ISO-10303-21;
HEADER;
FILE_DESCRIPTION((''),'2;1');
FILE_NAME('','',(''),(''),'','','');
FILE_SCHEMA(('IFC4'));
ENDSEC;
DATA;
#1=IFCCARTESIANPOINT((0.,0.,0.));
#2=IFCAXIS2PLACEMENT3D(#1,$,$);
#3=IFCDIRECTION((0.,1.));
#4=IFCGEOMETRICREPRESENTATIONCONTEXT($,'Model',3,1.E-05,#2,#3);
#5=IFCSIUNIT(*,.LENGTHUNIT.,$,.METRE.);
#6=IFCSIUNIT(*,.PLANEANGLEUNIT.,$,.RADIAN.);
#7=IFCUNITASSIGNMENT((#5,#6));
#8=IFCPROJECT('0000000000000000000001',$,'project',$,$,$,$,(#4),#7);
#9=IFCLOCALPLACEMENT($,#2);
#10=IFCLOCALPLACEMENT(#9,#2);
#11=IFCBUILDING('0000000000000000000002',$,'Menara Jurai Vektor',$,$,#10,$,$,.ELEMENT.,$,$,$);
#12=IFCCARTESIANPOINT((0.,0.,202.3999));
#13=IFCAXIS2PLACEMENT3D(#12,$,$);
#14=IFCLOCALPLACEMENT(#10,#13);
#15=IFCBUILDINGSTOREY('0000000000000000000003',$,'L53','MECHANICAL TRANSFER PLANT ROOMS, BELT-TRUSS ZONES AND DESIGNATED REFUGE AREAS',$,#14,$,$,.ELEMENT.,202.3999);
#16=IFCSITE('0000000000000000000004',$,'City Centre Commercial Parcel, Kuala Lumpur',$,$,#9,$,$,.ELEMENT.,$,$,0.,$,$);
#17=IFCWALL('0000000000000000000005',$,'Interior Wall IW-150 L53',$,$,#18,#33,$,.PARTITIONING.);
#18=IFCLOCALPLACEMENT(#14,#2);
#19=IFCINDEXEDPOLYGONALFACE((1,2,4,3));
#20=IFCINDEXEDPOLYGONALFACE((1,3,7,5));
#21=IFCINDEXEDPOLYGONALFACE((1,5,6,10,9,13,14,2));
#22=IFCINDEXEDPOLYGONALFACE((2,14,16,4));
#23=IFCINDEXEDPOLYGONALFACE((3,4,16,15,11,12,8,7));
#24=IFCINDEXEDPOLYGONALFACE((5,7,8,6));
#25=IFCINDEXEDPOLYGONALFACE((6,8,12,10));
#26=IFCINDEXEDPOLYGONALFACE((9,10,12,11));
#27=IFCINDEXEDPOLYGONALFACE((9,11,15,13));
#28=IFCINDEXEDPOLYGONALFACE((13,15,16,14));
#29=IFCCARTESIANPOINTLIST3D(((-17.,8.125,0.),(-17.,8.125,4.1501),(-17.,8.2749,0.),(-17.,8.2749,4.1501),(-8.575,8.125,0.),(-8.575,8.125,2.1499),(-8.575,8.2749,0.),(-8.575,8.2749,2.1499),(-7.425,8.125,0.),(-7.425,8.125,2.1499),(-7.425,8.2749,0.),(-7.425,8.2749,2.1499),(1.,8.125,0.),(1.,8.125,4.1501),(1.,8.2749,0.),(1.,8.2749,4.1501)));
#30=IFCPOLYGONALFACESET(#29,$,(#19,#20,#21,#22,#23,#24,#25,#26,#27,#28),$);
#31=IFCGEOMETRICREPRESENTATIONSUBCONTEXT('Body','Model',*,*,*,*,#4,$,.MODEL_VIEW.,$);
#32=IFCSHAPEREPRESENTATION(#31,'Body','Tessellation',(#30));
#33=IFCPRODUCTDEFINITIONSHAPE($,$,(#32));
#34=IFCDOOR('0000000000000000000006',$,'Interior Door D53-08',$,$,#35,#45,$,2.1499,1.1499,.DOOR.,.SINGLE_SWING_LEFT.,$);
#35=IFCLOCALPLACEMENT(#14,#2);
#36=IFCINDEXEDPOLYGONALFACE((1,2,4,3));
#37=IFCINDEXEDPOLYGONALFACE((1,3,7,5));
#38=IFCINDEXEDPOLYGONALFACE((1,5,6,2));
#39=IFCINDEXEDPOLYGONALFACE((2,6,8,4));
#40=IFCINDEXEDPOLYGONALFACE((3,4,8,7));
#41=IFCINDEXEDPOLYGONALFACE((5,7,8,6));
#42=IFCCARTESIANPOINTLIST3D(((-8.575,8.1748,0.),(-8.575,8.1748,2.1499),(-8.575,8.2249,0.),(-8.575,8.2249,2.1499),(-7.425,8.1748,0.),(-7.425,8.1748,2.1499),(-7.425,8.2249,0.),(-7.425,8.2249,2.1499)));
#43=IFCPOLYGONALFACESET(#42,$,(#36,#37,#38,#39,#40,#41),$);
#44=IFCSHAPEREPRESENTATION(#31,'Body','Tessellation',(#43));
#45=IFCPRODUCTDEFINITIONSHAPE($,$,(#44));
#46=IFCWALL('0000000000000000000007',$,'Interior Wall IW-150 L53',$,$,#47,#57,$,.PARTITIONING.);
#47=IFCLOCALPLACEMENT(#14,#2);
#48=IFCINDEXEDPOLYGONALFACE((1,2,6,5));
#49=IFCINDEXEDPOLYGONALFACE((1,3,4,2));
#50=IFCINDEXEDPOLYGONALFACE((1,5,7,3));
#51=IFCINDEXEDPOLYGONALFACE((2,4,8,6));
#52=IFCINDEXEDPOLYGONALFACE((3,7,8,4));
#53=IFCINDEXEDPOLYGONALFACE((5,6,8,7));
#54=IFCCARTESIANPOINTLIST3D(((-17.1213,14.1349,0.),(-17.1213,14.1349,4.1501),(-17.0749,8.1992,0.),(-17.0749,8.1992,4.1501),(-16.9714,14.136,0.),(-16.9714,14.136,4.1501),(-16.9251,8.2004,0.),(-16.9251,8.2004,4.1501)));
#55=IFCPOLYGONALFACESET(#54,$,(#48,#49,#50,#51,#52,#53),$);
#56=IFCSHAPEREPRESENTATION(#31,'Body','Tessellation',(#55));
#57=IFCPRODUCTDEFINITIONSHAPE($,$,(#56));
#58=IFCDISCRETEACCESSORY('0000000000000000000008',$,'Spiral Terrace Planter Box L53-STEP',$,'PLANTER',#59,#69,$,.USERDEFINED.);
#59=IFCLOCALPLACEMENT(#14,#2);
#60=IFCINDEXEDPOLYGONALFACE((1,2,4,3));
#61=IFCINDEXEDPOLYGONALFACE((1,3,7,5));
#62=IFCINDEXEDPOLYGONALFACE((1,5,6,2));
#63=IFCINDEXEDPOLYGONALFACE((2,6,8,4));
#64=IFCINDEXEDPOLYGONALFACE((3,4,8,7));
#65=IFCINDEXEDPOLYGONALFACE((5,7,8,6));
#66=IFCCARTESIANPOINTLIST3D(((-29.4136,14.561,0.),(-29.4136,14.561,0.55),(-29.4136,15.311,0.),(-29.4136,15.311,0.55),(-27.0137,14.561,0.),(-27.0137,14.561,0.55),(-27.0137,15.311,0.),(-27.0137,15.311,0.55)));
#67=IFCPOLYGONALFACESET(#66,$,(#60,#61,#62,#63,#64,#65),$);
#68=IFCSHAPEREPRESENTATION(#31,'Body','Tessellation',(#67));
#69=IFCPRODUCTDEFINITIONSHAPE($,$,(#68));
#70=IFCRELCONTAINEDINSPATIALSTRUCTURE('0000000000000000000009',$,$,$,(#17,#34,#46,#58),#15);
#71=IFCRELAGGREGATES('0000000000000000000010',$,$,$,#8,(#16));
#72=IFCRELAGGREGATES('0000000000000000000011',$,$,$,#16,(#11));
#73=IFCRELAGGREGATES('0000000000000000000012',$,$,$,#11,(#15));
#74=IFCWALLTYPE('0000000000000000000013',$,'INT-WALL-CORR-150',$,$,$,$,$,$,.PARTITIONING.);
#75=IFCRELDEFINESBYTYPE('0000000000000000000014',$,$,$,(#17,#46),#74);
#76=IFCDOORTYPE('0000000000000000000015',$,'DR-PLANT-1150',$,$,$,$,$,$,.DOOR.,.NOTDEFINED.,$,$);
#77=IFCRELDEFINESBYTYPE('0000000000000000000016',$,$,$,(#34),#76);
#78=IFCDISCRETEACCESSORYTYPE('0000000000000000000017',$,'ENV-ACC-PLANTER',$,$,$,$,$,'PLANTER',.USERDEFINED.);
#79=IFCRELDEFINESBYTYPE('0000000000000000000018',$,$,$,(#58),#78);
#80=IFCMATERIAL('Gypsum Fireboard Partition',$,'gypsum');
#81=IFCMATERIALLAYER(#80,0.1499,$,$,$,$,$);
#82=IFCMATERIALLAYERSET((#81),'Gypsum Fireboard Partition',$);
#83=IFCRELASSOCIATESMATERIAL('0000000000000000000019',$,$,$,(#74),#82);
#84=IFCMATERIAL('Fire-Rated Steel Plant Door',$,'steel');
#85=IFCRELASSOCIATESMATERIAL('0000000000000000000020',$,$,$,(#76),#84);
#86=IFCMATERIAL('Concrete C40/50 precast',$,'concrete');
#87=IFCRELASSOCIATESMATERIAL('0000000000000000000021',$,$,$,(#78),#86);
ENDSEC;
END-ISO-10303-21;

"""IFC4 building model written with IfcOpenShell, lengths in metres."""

from ifc_helpers import new_model, si_unit, direction, frame, frame_2d, origin, origin_2d, place, context, subcontext, project, spatial, rectangle, extrude, material, layer, layer_set, type_object, element, fill, save


model = new_model("IFC4")

# Units and contexts
model_context = context("Model", 3, precision=1e-05, world=origin(), true_north=direction((0.0, 1.0)))
body_context = subcontext(model_context, "Body", "Model", "MODEL_VIEW")
ifc_project = project(units=[si_unit("LENGTHUNIT", "METRE"), si_unit("PLANEANGLEUNIT", "RADIAN")], contexts=[model_context])

# Site, building, storey
site_placement = place(None, origin())
site = spatial("IfcSite", under=ifc_project, at=site_placement, Name="City Centre Commercial Parcel, Kuala Lumpur", CompositionType="ELEMENT", RefElevation=0.0)
building_placement = place(site_placement, origin())
building = spatial("IfcBuilding", under=site, at=building_placement, Name="Menara Jurai Vektor", CompositionType="ELEMENT")
storey_placement = place(building_placement, frame((0.0, 0.0, 202.3999)))
storey = spatial("IfcBuildingStorey", under=building, at=storey_placement, Name="L53", Description="MECHANICAL TRANSFER PLANT ROOMS, BELT-TRUSS ZONES AND DESIGNATED REFUGE AREAS", CompositionType="ELEMENT", Elevation=202.3999)

# Wall, opening, door
ifc_material_1 = material(Name="Gypsum Fireboard Partition", Category="gypsum")
ifc_layer = layer(ifc_material_1, 0.1499)
ifc_layer_set = layer_set([ifc_layer], Name="Gypsum Fireboard Partition")
wall_type = type_object("IfcWallType", Name="INT-WALL-CORR-150", PredefinedType="PARTITIONING", material=ifc_layer_set)
wall_1_placement = place(storey_placement, frame((-17.0, 8.2, 0.0), z_axis=(0.0, 0.0, 1.0), x_axis=(1.0, 0.0, 0.0)))
wall_1 = element("IfcWall", 1, at=wall_1_placement, inside=storey, type_object=wall_type, Name="Interior Wall IW-150 L53", PredefinedType="PARTITIONING", context=body_context, shape_type="SweptSolid", body=[
    extrude(rectangle(XDim=18.0, YDim=0.1499, at=frame_2d((9.0, 0.0))), origin(), (0.0, 0.0, 1.0), 4.1501),
])
opening_placement = place(wall_1_placement, frame((8.425, 0.0, 0.0)))
opening = element("IfcOpeningElement", 2, at=opening_placement, cuts=wall_1, PredefinedType="OPENING", context=body_context, shape_type="SweptSolid", body=[
    extrude(rectangle(XDim=1.1499, YDim=2.1499, at=frame_2d((0.575, 1.075))), frame((0.0, 0.085, 0.0), z_axis=(0.0, -1.0, 0.0), x_axis=(1.0, 0.0, 0.0)), (0.0, 0.0, 1.0), 0.1699),
])
ifc_material_2 = material(Name="Fire-Rated Steel Plant Door", Category="steel")
door_type = type_object("IfcDoorType", Name="DR-PLANT-1150", OperationType="NOTDEFINED", PredefinedType="DOOR", material=ifc_material_2)
door_placement = place(opening_placement, origin())
door = element("IfcDoor", 3, at=door_placement, inside=storey, type_object=door_type, Name="Interior Door D53-08", OperationType="SINGLE_SWING_LEFT", OverallHeight=2.1499, OverallWidth=1.1499, PredefinedType="DOOR", context=body_context, shape_type="SweptSolid", body=[
    extrude(rectangle(XDim=1.1499, YDim=2.1499, at=frame_2d((0.575, 1.075))), frame((0.0, 0.0249, 0.0), z_axis=(0.0, -1.0, 0.0), x_axis=(1.0, 0.0, 0.0)), (0.0, 0.0, 1.0), 0.05),
])
fill(opening, door)

# Wall
wall_2_placement = place(storey_placement, frame((-17.0, 8.2, 0.0), z_axis=(0.0, 0.0, 1.0), x_axis=(-0.007815, 0.999969, 0.0)))
element("IfcWall", 4, at=wall_2_placement, inside=storey, type_object=wall_type, Name="Interior Wall IW-150 L53", PredefinedType="PARTITIONING", context=body_context, shape_type="SweptSolid", body=[
    extrude(rectangle(XDim=5.9358, YDim=0.1499, at=frame_2d((2.9678, 0.0))), origin(), (0.0, 0.0, 1.0), 4.1501),
])

# Discrete accessory
ifc_material_3 = material(Name="Concrete C40/50 precast", Category="concrete")
discrete_accessory_type = type_object("IfcDiscreteAccessoryType", Name="ENV-ACC-PLANTER", ElementType="PLANTER", PredefinedType="USERDEFINED", material=ifc_material_3)
discrete_accessory_placement = place(storey_placement, frame((-28.2136, 14.936, 0.0), z_axis=(0.0, 0.0, 1.0), x_axis=(1.0, 0.0, 0.0)))
element("IfcDiscreteAccessory", 5, at=discrete_accessory_placement, inside=storey, type_object=discrete_accessory_type, Name="Spiral Terrace Planter Box L53-STEP", ObjectType="PLANTER", PredefinedType="USERDEFINED", context=body_context, shape_type="SweptSolid", body=[
    extrude(rectangle(XDim=2.3999, YDim=0.75, at=origin_2d()), origin(), (0.0, 0.0, 1.0), 0.55),
])

save(model, "model.ifc")
